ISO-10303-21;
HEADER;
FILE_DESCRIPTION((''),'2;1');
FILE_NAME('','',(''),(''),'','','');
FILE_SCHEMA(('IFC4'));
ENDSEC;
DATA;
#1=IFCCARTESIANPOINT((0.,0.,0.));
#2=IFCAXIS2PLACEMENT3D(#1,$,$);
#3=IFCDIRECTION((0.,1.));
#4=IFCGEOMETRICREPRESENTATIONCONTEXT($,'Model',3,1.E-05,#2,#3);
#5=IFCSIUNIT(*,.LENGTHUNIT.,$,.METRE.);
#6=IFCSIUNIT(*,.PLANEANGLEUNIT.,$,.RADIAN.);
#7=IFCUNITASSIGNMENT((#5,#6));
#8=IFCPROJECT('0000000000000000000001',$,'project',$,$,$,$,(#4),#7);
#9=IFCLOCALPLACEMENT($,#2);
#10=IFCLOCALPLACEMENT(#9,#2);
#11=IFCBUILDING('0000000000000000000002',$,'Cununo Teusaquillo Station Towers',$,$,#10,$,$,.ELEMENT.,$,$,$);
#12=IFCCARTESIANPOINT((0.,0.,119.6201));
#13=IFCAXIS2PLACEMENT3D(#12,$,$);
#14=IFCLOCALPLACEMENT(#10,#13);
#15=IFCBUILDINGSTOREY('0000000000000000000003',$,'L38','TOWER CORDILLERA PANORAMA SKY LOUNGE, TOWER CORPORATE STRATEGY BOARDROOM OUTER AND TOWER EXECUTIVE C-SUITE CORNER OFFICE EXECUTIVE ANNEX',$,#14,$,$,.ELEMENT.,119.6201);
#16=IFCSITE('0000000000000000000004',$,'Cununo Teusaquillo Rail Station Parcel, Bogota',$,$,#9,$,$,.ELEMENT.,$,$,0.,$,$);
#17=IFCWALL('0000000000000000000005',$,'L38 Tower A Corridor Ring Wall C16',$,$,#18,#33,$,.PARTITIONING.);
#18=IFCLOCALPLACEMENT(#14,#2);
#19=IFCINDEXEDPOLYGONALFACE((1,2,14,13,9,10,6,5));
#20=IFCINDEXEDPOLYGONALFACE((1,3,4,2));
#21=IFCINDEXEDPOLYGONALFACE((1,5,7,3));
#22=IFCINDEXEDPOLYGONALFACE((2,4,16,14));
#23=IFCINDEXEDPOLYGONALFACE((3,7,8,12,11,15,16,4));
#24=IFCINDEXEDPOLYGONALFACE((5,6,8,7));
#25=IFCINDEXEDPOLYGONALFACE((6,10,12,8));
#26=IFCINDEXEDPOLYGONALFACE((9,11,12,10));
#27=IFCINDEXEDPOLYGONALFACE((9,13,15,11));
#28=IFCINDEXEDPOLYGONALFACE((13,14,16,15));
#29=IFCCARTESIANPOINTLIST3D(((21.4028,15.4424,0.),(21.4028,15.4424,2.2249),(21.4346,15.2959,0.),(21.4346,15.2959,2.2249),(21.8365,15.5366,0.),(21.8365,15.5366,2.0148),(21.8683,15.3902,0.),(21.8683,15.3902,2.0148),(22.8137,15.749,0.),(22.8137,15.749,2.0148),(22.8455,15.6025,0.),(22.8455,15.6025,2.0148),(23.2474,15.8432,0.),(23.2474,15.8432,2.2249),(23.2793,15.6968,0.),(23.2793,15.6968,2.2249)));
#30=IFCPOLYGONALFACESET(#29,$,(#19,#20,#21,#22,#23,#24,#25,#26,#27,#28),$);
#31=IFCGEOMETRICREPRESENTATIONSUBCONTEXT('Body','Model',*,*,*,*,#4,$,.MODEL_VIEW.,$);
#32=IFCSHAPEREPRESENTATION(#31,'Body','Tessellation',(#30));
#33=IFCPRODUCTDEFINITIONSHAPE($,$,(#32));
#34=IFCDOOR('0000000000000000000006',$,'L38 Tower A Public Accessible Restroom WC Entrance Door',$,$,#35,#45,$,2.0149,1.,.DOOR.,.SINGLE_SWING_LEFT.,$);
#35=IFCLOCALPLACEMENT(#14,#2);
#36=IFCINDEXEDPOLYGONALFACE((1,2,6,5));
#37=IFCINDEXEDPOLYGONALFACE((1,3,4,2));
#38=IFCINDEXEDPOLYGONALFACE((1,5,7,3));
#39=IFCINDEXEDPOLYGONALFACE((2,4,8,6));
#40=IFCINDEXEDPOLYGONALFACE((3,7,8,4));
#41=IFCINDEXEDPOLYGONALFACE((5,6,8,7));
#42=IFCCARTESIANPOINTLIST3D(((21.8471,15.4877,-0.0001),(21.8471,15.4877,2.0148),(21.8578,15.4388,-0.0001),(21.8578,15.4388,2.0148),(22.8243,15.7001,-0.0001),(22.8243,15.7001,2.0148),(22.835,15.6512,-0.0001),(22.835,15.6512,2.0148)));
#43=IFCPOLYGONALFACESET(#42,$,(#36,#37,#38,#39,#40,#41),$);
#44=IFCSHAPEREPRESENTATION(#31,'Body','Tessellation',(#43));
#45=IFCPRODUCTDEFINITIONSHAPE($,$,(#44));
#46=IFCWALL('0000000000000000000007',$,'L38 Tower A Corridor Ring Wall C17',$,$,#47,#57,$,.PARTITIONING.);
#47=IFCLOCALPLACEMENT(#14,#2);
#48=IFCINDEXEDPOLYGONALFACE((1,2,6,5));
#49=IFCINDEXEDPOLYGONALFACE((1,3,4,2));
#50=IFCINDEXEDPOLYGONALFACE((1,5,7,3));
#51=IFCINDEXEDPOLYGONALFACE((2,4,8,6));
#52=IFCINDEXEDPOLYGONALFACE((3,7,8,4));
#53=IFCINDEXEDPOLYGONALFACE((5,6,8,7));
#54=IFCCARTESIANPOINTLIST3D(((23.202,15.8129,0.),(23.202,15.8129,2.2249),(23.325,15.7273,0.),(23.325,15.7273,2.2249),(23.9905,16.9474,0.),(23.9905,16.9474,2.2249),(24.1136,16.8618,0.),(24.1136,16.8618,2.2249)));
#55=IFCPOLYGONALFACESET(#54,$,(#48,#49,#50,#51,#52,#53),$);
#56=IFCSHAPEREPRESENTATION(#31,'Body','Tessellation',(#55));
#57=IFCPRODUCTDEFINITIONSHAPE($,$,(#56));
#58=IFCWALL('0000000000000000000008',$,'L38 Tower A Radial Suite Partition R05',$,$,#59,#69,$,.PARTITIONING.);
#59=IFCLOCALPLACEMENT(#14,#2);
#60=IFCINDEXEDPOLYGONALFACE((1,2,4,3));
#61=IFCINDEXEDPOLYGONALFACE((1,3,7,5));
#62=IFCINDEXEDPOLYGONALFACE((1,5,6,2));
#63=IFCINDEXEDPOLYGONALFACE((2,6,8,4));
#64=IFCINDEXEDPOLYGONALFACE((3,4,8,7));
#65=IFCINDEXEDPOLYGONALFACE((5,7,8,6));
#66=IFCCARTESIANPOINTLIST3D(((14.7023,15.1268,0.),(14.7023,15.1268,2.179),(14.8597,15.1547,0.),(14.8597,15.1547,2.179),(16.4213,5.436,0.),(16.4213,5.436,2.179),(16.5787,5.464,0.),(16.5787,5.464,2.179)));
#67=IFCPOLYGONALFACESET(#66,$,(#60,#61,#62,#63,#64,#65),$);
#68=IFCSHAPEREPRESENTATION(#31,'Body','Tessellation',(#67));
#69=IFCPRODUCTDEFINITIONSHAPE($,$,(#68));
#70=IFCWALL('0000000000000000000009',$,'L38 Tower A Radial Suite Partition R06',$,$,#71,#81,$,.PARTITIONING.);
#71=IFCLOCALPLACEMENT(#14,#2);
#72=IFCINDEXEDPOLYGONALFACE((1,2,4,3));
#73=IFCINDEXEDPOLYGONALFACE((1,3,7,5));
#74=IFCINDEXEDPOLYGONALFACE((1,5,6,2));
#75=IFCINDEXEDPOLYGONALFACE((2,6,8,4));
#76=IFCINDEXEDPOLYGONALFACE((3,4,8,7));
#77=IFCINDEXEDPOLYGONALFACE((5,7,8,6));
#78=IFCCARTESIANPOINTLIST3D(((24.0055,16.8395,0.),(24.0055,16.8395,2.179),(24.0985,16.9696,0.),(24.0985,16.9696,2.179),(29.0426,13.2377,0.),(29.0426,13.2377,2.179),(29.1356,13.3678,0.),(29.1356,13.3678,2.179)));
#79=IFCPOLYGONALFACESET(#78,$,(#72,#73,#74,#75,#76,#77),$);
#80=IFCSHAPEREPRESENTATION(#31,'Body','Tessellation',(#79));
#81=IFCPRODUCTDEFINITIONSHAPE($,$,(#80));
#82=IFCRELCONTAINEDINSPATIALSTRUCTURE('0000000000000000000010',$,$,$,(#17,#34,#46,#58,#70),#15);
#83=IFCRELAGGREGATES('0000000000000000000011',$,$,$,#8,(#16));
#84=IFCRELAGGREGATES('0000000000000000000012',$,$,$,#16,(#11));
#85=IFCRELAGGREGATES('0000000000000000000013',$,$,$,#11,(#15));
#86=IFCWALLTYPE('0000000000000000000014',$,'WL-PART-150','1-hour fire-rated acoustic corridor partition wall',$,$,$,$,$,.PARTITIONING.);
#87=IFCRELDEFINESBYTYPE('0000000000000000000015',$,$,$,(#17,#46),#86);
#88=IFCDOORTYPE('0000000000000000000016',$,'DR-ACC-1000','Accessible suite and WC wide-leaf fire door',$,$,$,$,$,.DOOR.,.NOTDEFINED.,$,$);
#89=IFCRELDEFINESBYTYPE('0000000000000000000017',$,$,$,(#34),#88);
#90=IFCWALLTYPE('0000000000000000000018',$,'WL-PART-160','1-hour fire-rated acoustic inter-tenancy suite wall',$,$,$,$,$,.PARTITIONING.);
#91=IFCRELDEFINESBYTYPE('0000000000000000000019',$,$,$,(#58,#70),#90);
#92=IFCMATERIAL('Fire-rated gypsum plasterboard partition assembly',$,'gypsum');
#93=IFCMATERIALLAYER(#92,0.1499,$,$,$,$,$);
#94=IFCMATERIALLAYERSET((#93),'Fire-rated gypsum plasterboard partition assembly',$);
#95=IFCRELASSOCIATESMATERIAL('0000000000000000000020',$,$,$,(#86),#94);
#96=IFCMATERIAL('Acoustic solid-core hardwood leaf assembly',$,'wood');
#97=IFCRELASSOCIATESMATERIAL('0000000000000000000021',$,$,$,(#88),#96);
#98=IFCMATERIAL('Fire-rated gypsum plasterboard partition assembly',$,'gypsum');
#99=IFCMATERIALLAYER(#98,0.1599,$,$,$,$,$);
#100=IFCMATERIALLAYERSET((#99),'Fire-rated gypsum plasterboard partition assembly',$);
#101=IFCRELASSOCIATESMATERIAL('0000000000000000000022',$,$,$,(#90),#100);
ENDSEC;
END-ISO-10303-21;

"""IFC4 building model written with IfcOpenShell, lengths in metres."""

from ifc_helpers import new_model, si_unit, direction, frame, frame_2d, origin, place, context, subcontext, project, spatial, rectangle, extrude, source, transform, mapped, material, layer, layer_set, type_object, element, fill, save


model = new_model("IFC4")

# Units and contexts
model_context = context("Model", 3, precision=1e-05, world=origin(), true_north=direction((0.0, 1.0)))
body_context = subcontext(model_context, "Body", "Model", "MODEL_VIEW")
ifc_project = project(units=[si_unit("LENGTHUNIT", "METRE"), si_unit("PLANEANGLEUNIT", "RADIAN")], contexts=[model_context])

# Site, building, storey
site_placement = place(None, origin())
site = spatial("IfcSite", under=ifc_project, at=site_placement, Name="Cununo Teusaquillo Rail Station Parcel, Bogota", CompositionType="ELEMENT", RefElevation=0.0)
building_placement = place(site_placement, origin())
building = spatial("IfcBuilding", under=site, at=building_placement, Name="Cununo Teusaquillo Station Towers", CompositionType="ELEMENT")
storey_placement = place(building_placement, frame((0.0, 0.0, 119.6201)))
storey = spatial("IfcBuildingStorey", under=building, at=storey_placement, Name="L38", Description="TOWER CORDILLERA PANORAMA SKY LOUNGE, TOWER CORPORATE STRATEGY BOARDROOM OUTER AND TOWER EXECUTIVE C-SUITE CORNER OFFICE EXECUTIVE ANNEX", CompositionType="ELEMENT", Elevation=119.6201)

# Shared definitions
ifc_material_1 = material(Name="Fire-rated gypsum plasterboard partition assembly", Category="gypsum")
ifc_layer_1 = layer(ifc_material_1, 0.1499)
ifc_layer_set_1 = layer_set([ifc_layer_1], Name="Fire-rated gypsum plasterboard partition assembly")
wall_type_1 = type_object("IfcWallType", Name="WL-PART-150", Description="1-hour fire-rated acoustic corridor partition wall", PredefinedType="PARTITIONING", material=ifc_layer_set_1)

# Wall, opening, door
wall_1_placement = place(storey_placement, frame((21.4187, 15.3691, 0.0), z_axis=(0.0, 0.0, 1.0), x_axis=(0.977193, 0.212354, 0.0)))
wall_1 = element("IfcWall", 1, at=wall_1_placement, inside=storey, type_object=wall_type_1, Name="L38 Tower A Corridor Ring Wall C16", PredefinedType="PARTITIONING", context=body_context, shape_type="SweptSolid", body=[
    extrude(rectangle(XDim=1.8877, YDim=0.1499, at=frame_2d((0.9438, 0.0))), origin(), (0.0, 0.0, 1.0), 2.2249),
])
shared_shape_1 = source(origin(), body_context, "Body", "SweptSolid", [
    extrude(rectangle(XDim=1.0, YDim=2.0149, at=frame_2d((0.5, 1.0073))), frame((0.0, 0.085, 0.0), z_axis=(0.0, -1.0, 0.0), x_axis=(1.0, 0.0, 0.0)), (0.0, 0.0, 1.0), 0.1699),
])
opening_1_placement = place(wall_1_placement, frame((0.4438, 0.0, 0.0)))
opening_1 = element("IfcOpeningElement", 2, at=opening_1_placement, cuts=wall_1, PredefinedType="OPENING", context=body_context, shape_type="MappedRepresentation", body=[
    mapped(shared_shape_1, transform((0.0, 0.0, 0.0), x_axis=(1.0, 0.0, 0.0), y_axis=(0.0, 1.0, 0.0), z_axis=(0.0, 0.0, 1.0), scale=1.0)),
])
ifc_material_2 = material(Name="Acoustic solid-core hardwood leaf assembly", Category="wood")
door_type_1 = type_object("IfcDoorType", Name="DR-ACC-1000", Description="Accessible suite and WC wide-leaf fire door", OperationType="NOTDEFINED", PredefinedType="DOOR", material=ifc_material_2)
shared_shape_2 = source(origin(), body_context, "Body", "SweptSolid", [
    extrude(rectangle(XDim=1.0, YDim=2.0149, at=frame_2d((0.5, 1.0073))), frame((0.0, 0.0249, 0.0), z_axis=(0.0, -1.0, 0.0), x_axis=(1.0, 0.0, 0.0)), (0.0, 0.0, 1.0), 0.05),
])
door_1_placement = place(opening_1_placement, origin())
door_1 = element("IfcDoor", 3, at=door_1_placement, inside=storey, type_object=door_type_1, Name="L38 Tower A Public Accessible Restroom WC Entrance Door", OperationType="SINGLE_SWING_LEFT", OverallHeight=2.0149, OverallWidth=1.0, PredefinedType="DOOR", context=body_context, shape_type="MappedRepresentation", body=[
    mapped(shared_shape_2, transform((0.0, 0.0, 0.0), x_axis=(1.0, 0.0, 0.0), y_axis=(0.0, 1.0, 0.0), z_axis=(0.0, 0.0, 1.0), scale=1.0)),
])
fill(opening_1, door_1)

# Walls
wall_2_placement = place(storey_placement, frame((23.2634, 15.77, 0.0), z_axis=(0.0, 0.0, 1.0), x_axis=(0.570743, 0.821128, 0.0)))
element("IfcWall", 4, at=wall_2_placement, inside=storey, type_object=wall_type_1, Name="L38 Tower A Corridor Ring Wall C17", PredefinedType="PARTITIONING", context=body_context, shape_type="SweptSolid", body=[
    extrude(rectangle(XDim=1.3816, YDim=0.1499, at=frame_2d((0.6909, 0.0))), origin(), (0.0, 0.0, 1.0), 2.2249),
])
ifc_material_3 = material(Name="Fire-rated gypsum plasterboard partition assembly", Category="gypsum")
ifc_layer_2 = layer(ifc_material_3, 0.1599)
ifc_layer_set_2 = layer_set([ifc_layer_2], Name="Fire-rated gypsum plasterboard partition assembly")
wall_type_2 = type_object("IfcWallType", Name="WL-PART-160", Description="1-hour fire-rated acoustic inter-tenancy suite wall", PredefinedType="PARTITIONING", material=ifc_layer_set_2)
wall_3_placement = place(storey_placement, frame((14.781, 15.1406, 0.0), z_axis=(0.0, 0.0, 1.0), x_axis=(0.17466, -0.984629, 0.0)))
element("IfcWall", 5, at=wall_3_placement, inside=storey, type_object=wall_type_2, Name="L38 Tower A Radial Suite Partition R05", PredefinedType="PARTITIONING", context=body_context, shape_type="SweptSolid", body=[
    extrude(rectangle(XDim=9.842, YDim=0.1599, at=frame_2d((4.9209, 0.0))), origin(), (0.0, 0.0, 1.0), 2.179),
])
wall_4_placement = place(storey_placement, frame((24.052, 16.9045, 0.0), z_axis=(0.0, 0.0, 1.0), x_axis=(0.813438, -0.581652, 0.0)))
element("IfcWall", 6, at=wall_4_placement, inside=storey, type_object=wall_type_2, Name="L38 Tower A Radial Suite Partition R06", PredefinedType="PARTITIONING", context=body_context, shape_type="SweptSolid", body=[
    extrude(rectangle(XDim=6.1924, YDim=0.1599, at=frame_2d((3.0962, 0.0))), origin(), (0.0, 0.0, 1.0), 2.179),
])

save(model, "model.ifc")
